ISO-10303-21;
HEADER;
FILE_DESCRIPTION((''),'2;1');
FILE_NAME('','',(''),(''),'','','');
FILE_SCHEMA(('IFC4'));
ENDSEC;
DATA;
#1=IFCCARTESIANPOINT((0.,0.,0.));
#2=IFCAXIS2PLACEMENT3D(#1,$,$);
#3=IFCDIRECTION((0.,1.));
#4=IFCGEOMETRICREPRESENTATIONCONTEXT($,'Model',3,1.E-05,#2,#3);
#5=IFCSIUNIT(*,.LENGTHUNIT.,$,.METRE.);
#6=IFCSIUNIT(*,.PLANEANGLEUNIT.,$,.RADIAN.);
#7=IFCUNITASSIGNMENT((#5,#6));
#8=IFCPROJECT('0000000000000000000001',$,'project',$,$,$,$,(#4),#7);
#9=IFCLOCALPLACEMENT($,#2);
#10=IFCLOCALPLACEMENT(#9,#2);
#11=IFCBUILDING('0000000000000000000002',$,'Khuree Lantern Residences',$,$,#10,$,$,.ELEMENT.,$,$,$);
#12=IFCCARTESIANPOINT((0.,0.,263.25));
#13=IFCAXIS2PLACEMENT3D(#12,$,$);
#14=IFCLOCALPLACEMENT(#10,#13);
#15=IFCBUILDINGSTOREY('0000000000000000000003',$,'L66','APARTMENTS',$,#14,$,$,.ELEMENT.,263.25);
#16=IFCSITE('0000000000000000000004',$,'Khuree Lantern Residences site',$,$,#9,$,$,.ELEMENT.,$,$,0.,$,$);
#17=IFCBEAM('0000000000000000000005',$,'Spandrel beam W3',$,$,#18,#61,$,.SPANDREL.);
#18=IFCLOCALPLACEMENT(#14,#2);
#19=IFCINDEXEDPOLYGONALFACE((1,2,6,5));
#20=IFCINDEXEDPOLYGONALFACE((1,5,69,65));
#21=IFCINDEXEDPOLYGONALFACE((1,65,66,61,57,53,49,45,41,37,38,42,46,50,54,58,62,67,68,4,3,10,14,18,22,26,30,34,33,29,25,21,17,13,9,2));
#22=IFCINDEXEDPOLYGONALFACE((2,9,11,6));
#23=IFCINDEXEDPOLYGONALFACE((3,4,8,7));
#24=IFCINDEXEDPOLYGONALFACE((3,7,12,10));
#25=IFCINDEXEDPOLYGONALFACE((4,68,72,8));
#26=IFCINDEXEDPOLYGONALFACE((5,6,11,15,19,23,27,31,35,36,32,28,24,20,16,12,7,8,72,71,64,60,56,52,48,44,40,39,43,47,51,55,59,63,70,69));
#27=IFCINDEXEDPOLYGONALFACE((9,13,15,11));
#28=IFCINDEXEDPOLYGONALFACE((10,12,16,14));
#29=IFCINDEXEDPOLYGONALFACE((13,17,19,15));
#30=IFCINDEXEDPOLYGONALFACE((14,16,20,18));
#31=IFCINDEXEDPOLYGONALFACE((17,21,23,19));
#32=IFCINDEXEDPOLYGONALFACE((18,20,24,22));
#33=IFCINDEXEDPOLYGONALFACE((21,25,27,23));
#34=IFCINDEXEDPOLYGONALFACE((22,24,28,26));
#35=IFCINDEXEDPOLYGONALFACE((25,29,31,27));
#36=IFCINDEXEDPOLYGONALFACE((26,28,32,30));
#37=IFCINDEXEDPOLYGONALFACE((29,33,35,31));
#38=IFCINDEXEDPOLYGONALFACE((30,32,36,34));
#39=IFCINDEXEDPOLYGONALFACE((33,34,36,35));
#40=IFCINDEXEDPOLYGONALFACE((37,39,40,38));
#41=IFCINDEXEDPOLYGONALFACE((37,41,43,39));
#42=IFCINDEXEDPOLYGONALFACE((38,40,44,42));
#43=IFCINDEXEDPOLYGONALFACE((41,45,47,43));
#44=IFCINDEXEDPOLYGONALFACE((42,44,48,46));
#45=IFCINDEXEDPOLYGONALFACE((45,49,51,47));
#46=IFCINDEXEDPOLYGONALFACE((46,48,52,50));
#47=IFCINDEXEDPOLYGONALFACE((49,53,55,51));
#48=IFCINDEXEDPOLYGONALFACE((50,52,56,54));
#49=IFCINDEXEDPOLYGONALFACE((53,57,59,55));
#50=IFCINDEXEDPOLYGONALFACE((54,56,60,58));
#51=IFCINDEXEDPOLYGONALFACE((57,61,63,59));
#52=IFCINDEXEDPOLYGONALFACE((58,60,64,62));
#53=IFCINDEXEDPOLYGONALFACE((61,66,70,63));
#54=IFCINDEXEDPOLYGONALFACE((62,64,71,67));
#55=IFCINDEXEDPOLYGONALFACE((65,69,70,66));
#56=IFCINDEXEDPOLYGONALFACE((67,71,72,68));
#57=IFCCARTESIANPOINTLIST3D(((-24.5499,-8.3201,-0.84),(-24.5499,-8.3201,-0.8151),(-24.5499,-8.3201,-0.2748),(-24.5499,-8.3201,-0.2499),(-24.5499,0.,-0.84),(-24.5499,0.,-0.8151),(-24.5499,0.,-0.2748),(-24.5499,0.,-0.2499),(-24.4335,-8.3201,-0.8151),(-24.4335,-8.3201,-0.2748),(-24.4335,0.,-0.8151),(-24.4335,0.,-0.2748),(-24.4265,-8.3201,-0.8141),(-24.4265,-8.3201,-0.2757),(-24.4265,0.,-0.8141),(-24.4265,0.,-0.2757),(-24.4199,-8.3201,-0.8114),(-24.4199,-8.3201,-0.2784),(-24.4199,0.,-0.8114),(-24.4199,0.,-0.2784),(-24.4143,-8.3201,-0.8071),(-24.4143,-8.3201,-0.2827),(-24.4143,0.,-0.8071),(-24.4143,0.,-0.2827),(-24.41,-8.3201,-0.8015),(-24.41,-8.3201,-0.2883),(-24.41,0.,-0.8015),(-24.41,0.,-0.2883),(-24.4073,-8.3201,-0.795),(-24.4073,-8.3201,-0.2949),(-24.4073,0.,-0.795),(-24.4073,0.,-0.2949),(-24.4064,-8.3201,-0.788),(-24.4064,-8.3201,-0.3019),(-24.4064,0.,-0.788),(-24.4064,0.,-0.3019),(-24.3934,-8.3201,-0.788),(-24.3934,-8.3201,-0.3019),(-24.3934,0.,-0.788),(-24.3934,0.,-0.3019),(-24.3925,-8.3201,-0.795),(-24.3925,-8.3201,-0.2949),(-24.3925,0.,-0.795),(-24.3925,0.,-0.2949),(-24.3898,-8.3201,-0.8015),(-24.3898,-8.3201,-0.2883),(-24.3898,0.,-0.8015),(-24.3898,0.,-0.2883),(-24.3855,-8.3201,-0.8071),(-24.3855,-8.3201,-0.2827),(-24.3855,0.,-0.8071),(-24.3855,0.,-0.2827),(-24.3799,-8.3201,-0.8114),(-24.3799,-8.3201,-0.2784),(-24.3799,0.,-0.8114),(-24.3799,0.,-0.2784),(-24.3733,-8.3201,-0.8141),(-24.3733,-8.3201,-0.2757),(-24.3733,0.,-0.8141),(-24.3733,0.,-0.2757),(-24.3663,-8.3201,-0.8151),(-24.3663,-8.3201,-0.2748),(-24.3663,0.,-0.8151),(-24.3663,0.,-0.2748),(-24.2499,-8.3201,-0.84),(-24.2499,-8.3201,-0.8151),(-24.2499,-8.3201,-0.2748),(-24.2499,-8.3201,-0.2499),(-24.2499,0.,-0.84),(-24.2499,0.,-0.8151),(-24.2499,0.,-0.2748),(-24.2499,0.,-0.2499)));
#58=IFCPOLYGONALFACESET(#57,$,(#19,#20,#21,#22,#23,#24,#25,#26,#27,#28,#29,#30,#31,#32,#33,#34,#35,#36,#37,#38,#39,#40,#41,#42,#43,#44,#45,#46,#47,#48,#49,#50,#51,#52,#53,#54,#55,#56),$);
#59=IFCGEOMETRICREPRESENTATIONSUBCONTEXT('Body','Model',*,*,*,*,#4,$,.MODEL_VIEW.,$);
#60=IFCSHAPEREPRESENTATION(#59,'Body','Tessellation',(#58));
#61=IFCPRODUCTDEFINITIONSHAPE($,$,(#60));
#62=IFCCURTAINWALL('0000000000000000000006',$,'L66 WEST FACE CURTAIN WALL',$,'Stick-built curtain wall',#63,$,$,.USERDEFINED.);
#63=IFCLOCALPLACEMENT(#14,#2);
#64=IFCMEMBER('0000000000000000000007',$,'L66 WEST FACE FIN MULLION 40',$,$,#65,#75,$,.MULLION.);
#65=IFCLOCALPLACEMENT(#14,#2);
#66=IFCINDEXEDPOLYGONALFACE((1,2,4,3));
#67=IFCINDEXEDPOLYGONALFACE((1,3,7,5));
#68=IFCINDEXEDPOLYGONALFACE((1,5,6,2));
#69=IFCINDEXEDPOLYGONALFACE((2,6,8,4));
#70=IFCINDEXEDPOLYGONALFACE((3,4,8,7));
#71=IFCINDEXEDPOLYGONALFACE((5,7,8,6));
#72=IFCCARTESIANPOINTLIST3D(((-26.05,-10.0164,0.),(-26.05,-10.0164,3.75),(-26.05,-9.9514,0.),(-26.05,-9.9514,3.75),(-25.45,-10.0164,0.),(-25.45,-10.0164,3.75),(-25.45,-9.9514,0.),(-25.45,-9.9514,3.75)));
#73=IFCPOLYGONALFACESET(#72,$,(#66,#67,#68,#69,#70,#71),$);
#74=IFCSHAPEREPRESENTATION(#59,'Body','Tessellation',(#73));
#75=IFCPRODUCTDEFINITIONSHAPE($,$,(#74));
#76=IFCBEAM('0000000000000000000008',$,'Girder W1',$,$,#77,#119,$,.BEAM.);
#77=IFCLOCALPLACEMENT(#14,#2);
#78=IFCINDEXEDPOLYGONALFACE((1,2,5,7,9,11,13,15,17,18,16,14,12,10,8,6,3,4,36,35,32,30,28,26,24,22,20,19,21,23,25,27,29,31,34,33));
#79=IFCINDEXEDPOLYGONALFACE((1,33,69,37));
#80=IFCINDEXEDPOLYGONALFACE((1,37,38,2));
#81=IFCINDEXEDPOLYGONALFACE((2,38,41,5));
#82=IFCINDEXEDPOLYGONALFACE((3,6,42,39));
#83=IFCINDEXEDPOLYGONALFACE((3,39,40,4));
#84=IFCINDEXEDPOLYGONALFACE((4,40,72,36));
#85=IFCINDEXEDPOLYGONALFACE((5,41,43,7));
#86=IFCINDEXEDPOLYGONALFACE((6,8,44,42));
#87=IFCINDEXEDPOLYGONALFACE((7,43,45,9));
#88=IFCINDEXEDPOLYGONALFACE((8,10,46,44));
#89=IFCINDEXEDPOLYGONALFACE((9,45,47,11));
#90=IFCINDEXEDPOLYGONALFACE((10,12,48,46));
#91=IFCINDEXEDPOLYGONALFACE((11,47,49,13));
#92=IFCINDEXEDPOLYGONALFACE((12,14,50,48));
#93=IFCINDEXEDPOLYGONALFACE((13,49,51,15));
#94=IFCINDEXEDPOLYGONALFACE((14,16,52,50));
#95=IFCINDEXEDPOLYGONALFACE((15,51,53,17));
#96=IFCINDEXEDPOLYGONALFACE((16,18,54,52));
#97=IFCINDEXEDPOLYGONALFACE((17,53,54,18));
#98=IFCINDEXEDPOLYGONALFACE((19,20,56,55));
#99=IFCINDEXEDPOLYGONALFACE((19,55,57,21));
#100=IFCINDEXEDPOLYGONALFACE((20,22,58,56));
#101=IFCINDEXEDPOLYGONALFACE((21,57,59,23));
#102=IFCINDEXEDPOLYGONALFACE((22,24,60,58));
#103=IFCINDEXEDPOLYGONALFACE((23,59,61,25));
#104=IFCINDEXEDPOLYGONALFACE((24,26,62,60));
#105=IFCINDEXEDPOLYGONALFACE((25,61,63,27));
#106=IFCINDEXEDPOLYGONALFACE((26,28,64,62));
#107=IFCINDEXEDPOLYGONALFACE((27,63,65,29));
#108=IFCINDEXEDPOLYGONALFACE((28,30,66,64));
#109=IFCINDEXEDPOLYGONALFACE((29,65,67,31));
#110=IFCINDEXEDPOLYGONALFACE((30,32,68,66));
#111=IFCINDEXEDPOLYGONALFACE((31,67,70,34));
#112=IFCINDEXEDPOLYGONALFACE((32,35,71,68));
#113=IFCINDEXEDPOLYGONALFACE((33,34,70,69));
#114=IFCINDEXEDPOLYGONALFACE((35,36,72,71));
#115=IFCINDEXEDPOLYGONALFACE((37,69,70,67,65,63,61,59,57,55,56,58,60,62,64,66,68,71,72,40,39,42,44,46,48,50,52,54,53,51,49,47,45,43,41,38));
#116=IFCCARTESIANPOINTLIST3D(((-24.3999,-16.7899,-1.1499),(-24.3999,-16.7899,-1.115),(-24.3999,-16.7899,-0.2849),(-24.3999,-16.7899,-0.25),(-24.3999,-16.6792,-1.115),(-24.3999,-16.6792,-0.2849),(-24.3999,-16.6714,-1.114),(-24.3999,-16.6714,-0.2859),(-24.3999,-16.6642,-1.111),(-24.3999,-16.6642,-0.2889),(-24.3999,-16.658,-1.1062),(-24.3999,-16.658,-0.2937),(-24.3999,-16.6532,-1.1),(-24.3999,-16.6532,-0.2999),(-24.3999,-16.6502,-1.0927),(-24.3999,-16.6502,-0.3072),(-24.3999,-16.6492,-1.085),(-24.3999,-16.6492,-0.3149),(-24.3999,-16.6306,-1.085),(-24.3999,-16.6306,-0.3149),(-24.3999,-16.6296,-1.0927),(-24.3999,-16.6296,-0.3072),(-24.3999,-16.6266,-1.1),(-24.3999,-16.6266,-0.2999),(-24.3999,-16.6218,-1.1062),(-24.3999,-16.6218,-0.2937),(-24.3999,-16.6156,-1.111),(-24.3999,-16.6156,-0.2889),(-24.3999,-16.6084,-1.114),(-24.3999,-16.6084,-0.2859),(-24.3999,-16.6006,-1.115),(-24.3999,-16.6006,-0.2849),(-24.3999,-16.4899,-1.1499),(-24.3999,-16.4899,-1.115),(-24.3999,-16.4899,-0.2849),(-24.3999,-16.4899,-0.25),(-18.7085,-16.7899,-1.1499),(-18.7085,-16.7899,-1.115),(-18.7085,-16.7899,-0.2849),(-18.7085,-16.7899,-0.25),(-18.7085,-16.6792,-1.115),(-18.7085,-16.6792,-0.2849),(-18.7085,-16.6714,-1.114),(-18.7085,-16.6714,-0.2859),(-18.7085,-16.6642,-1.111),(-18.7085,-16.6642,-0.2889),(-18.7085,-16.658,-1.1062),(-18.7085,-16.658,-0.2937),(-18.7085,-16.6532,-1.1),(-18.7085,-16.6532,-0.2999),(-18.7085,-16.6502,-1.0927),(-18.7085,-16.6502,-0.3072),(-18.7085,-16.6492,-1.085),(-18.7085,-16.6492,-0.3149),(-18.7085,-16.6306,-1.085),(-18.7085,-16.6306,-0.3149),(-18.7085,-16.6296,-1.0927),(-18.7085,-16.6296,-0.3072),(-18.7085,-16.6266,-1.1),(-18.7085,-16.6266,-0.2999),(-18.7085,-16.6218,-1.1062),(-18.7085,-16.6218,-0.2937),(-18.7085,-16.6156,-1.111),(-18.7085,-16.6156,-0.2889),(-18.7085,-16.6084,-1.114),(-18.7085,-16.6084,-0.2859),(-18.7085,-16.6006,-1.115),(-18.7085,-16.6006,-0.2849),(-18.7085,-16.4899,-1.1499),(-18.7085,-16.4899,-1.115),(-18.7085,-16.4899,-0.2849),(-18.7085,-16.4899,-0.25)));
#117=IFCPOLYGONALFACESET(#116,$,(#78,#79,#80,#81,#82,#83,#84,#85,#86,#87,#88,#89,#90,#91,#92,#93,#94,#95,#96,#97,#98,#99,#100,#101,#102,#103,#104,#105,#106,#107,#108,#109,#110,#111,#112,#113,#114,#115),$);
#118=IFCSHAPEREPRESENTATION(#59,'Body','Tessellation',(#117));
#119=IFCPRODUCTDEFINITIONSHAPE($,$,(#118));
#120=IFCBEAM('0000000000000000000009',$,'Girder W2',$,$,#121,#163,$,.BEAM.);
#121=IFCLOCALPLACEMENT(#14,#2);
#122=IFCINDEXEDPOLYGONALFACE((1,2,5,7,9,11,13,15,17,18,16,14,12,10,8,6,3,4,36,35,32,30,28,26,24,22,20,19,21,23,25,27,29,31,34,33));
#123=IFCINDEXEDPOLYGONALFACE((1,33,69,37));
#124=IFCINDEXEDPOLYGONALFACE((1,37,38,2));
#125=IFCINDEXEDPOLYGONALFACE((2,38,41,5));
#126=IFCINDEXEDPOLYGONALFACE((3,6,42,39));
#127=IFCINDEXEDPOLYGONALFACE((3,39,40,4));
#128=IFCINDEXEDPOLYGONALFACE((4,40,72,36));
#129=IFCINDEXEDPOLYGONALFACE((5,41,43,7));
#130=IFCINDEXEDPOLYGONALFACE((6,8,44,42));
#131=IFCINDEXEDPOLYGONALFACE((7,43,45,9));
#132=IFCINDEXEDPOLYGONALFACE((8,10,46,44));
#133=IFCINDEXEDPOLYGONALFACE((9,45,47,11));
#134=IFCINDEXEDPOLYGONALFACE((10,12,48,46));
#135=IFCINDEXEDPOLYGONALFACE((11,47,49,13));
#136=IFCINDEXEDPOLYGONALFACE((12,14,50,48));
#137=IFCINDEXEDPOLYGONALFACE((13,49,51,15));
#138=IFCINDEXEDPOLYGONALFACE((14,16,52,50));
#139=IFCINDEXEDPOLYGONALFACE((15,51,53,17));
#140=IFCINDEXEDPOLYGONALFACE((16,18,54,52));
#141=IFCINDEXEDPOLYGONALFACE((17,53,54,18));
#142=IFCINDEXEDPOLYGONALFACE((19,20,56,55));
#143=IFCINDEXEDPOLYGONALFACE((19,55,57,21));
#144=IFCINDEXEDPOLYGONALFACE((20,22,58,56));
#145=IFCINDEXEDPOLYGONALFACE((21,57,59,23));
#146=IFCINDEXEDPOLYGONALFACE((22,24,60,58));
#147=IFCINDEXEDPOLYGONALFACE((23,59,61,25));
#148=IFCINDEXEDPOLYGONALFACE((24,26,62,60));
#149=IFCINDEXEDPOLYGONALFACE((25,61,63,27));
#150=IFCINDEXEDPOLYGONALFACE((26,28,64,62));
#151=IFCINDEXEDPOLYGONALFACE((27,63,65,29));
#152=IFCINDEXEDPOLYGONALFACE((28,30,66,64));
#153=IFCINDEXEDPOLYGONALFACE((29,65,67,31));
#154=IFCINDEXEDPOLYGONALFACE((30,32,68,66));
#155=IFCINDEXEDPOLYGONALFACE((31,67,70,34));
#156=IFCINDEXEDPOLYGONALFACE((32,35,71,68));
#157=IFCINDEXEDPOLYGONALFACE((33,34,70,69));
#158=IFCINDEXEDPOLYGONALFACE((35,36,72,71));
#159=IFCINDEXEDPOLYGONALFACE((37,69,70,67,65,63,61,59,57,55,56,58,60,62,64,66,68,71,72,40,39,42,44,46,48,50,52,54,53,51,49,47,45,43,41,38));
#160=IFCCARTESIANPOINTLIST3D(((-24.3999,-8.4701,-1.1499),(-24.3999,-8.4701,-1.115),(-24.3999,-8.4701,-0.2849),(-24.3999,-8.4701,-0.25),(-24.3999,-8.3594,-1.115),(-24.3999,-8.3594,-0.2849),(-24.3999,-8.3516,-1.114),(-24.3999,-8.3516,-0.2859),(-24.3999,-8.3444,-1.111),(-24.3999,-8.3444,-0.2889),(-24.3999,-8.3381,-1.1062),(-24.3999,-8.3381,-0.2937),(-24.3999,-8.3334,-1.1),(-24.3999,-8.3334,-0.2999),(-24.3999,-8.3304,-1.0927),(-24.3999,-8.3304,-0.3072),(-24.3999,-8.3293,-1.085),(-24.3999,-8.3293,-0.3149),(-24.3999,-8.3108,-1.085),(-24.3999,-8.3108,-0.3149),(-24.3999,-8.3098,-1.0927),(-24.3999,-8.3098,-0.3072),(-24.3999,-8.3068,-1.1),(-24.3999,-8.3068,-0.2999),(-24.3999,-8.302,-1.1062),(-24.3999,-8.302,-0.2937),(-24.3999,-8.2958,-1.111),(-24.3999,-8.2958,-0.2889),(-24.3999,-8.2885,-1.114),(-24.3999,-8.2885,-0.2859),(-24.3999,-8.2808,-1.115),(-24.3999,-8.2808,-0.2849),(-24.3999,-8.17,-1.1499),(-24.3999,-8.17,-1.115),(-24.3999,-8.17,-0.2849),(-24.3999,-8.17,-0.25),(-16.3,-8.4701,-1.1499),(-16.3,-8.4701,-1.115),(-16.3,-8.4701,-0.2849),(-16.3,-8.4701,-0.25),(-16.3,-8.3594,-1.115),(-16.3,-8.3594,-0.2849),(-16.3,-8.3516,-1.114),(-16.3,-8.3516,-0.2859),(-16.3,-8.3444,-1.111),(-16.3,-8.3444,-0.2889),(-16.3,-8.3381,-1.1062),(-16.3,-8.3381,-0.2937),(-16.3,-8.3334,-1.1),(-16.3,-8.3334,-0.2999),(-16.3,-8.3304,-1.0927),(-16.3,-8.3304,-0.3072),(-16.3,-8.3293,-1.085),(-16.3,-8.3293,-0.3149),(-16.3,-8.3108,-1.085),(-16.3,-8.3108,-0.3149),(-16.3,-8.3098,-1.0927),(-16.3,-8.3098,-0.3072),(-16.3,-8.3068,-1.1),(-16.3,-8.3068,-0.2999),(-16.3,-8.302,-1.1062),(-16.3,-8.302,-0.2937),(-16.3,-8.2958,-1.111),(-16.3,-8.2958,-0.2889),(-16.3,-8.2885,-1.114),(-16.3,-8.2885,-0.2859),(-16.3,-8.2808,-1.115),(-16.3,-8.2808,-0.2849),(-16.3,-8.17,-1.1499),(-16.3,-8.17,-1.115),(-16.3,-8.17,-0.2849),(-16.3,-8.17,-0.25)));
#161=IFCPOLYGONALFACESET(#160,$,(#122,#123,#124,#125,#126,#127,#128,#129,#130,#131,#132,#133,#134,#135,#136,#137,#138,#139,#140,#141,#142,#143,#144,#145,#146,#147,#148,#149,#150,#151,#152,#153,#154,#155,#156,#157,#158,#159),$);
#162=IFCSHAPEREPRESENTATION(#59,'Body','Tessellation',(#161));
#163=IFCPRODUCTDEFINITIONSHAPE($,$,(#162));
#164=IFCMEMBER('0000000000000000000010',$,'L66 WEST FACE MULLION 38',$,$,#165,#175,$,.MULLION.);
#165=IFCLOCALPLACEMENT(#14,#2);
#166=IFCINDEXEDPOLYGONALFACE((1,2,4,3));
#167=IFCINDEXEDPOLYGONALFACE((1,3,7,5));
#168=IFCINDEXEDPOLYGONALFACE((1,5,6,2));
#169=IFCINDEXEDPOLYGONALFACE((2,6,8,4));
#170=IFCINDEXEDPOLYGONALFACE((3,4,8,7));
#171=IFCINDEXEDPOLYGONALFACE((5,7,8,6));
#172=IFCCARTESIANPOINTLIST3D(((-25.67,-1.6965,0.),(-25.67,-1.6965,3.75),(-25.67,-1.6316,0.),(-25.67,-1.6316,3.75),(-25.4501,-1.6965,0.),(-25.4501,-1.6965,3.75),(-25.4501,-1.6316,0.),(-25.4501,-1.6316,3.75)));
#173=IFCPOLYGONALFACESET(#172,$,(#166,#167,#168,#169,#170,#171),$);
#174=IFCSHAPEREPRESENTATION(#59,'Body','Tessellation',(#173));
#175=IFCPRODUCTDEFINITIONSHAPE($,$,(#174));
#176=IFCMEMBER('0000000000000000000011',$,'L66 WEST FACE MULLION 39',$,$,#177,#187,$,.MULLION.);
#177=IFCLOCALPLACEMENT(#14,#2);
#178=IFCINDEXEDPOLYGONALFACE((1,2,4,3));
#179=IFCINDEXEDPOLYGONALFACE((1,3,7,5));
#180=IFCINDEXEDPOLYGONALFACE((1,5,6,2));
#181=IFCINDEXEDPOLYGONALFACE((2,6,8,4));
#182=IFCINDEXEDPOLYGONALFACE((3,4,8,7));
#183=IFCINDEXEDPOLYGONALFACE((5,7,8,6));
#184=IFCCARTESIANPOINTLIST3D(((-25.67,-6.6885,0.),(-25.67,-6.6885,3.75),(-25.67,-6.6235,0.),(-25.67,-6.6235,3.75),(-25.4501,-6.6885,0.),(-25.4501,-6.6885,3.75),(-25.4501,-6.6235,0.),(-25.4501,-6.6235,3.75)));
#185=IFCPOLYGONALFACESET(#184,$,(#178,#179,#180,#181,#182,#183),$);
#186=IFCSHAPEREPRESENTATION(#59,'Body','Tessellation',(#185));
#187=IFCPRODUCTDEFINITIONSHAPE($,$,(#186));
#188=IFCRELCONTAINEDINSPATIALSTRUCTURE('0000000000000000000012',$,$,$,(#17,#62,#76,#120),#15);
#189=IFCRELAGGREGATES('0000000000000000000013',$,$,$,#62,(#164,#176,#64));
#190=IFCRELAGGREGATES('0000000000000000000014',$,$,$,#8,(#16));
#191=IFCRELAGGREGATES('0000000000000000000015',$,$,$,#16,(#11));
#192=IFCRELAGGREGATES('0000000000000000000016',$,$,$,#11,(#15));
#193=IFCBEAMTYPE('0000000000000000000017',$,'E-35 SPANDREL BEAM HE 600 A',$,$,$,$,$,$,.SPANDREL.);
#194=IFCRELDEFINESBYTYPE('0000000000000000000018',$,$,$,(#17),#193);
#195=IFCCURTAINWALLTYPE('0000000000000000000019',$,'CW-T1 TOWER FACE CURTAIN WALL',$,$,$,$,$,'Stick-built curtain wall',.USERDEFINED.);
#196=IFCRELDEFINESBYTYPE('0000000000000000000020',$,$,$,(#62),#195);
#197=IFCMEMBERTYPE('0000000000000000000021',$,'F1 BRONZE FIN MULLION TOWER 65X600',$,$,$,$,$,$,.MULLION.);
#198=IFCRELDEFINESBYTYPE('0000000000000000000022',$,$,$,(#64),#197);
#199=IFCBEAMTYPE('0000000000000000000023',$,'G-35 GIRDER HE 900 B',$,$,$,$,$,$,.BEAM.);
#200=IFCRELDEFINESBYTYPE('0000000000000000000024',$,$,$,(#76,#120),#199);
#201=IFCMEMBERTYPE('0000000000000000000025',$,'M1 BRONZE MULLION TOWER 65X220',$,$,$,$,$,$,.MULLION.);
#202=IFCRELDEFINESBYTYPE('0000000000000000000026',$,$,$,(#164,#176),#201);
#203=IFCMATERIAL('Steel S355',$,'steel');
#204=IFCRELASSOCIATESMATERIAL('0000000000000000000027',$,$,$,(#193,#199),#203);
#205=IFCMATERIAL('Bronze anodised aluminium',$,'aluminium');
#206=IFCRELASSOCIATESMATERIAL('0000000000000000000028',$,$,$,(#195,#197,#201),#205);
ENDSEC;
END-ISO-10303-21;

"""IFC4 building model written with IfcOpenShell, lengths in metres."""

from ifc_helpers import new_model, si_unit, direction, frame, origin, origin_2d, place, context, subcontext, project, spatial, rectangle, i_section, extrude, material, material_profile, profile_set, type_object, element, aggregate, save


model = new_model("IFC4")

# Units and contexts
model_context = context("Model", 3, precision=1e-05, world=origin(), true_north=direction((0.0, 1.0)))
body_context = subcontext(model_context, "Body", "Model", "MODEL_VIEW")
ifc_project = project(units=[si_unit("LENGTHUNIT", "METRE"), si_unit("PLANEANGLEUNIT", "RADIAN")], contexts=[model_context])

# Site, building, storey
site_placement = place(None, origin())
site = spatial("IfcSite", under=ifc_project, at=site_placement, Name="Khuree Lantern Residences site", CompositionType="ELEMENT", RefElevation=0.0)
building_placement = place(site_placement, origin())
building = spatial("IfcBuilding", under=site, at=building_placement, Name="Khuree Lantern Residences", CompositionType="ELEMENT")
storey_placement = place(building_placement, frame((0.0, 0.0, 263.25)))
storey = spatial("IfcBuildingStorey", under=building, at=storey_placement, Name="L66", Description="APARTMENTS", CompositionType="ELEMENT", Elevation=263.25)

# Beam
ifc_material_1 = material(Name="Steel S355", Category="steel")
ifc_material_profile_1 = material_profile(ifc_material_1, i_section(OverallWidth=0.3, OverallDepth=0.5901, WebThickness=0.0129, FlangeThickness=0.0249, FilletRadius=0.0271, at=origin_2d()), Name="HE 600 A")
ifc_profile_set_1 = profile_set([ifc_material_profile_1], Name="Steel S355")
beam_type_1 = type_object("IfcBeamType", Name="E-35 SPANDREL BEAM HE 600 A", PredefinedType="SPANDREL", material=ifc_profile_set_1)
beam_1_placement = place(storey_placement, frame((-24.3999, -8.3201, -0.5449), z_axis=(0.0, 1.0, 0.0), x_axis=(-1.0, 0.0, 0.0)))
element("IfcBeam", 1, at=beam_1_placement, inside=storey, type_object=beam_type_1, Name="Spandrel beam W3", PredefinedType="SPANDREL", context=body_context, shape_type="SweptSolid", body=[
    extrude(i_section(OverallWidth=0.3, OverallDepth=0.5901, WebThickness=0.0129, FlangeThickness=0.0249, FilletRadius=0.0271, at=origin_2d()), origin(), (0.0, 0.0, 1.0), 8.3201),
])

# Curtain wall, member
ifc_material_2 = material(Name="Bronze anodised aluminium", Category="aluminium")
curtain_wall_type = type_object("IfcCurtainWallType", Name="CW-T1 TOWER FACE CURTAIN WALL", ElementType="Stick-built curtain wall", PredefinedType="USERDEFINED", material=ifc_material_2)
curtain_wall_placement = place(storey_placement, origin())
curtain_wall = element("IfcCurtainWall", 2, at=curtain_wall_placement, inside=storey, type_object=curtain_wall_type, Name="L66 WEST FACE CURTAIN WALL", ObjectType="Stick-built curtain wall", PredefinedType="USERDEFINED")
ifc_material_profile_2 = material_profile(ifc_material_2, rectangle(XDim=0.0649, YDim=0.6001, at=origin_2d()), Name="F1 65X600")
ifc_profile_set_2 = profile_set([ifc_material_profile_2], Name="Bronze anodised aluminium")
member_type_1 = type_object("IfcMemberType", Name="F1 BRONZE FIN MULLION TOWER 65X600", PredefinedType="MULLION", material=ifc_profile_set_2)
member_1_placement = place(storey_placement, frame((-25.75, -9.9839, 0.0), z_axis=(0.0, 0.0, 1.0), x_axis=(0.0, -1.0, 0.0)))
member_1 = element("IfcMember", 3, at=member_1_placement, type_object=member_type_1, Name="L66 WEST FACE FIN MULLION 40", PredefinedType="MULLION", context=body_context, shape_type="SweptSolid", body=[
    extrude(rectangle(XDim=0.0649, YDim=0.6001, at=origin_2d()), origin(), (0.0, 0.0, 1.0), 3.75),
])

# Beams
ifc_material_profile_3 = material_profile(ifc_material_1, i_section(OverallWidth=0.3, OverallDepth=0.8999, WebThickness=0.0186, FlangeThickness=0.0349, FilletRadius=0.03, at=origin_2d()), Name="HE 900 B")
ifc_profile_set_3 = profile_set([ifc_material_profile_3], Name="Steel S355")
beam_type_2 = type_object("IfcBeamType", Name="G-35 GIRDER HE 900 B", PredefinedType="BEAM", material=ifc_profile_set_3)
beam_2_placement = place(storey_placement, frame((-24.3999, -16.6399, -0.7), z_axis=(1.0, 0.0, 0.0), x_axis=(0.0, 1.0, 0.0)))
element("IfcBeam", 4, at=beam_2_placement, inside=storey, type_object=beam_type_2, Name="Girder W1", PredefinedType="BEAM", context=body_context, shape_type="SweptSolid", body=[
    extrude(i_section(OverallWidth=0.3, OverallDepth=0.8999, WebThickness=0.0186, FlangeThickness=0.0349, FilletRadius=0.03, at=origin_2d()), origin(), (0.0, 0.0, 1.0), 5.6914),
])
beam_3_placement = place(storey_placement, frame((-24.3999, -8.3201, -0.7), z_axis=(1.0, 0.0, 0.0), x_axis=(0.0, 1.0, 0.0)))
element("IfcBeam", 5, at=beam_3_placement, inside=storey, type_object=beam_type_2, Name="Girder W2", PredefinedType="BEAM", context=body_context, shape_type="SweptSolid", body=[
    extrude(i_section(OverallWidth=0.3, OverallDepth=0.8999, WebThickness=0.0186, FlangeThickness=0.0349, FilletRadius=0.03, at=origin_2d()), origin(), (0.0, 0.0, 1.0), 8.0999),
])

# Members
ifc_material_profile_4 = material_profile(ifc_material_2, rectangle(XDim=0.0649, YDim=0.22, at=origin_2d()), Name="M1 65X220")
ifc_profile_set_4 = profile_set([ifc_material_profile_4], Name="Bronze anodised aluminium")
member_type_2 = type_object("IfcMemberType", Name="M1 BRONZE MULLION TOWER 65X220", PredefinedType="MULLION", material=ifc_profile_set_4)
member_2_placement = place(storey_placement, frame((-25.5601, -1.6641, 0.0), z_axis=(0.0, 0.0, 1.0), x_axis=(0.0, -1.0, 0.0)))
member_2 = element("IfcMember", 6, at=member_2_placement, type_object=member_type_2, Name="L66 WEST FACE MULLION 38", PredefinedType="MULLION", context=body_context, shape_type="SweptSolid", body=[
    extrude(rectangle(XDim=0.0649, YDim=0.22, at=origin_2d()), origin(), (0.0, 0.0, 1.0), 3.75),
])
member_3_placement = place(storey_placement, frame((-25.5601, -6.656, 0.0), z_axis=(0.0, 0.0, 1.0), x_axis=(0.0, -1.0, 0.0)))
member_3 = element("IfcMember", 7, at=member_3_placement, type_object=member_type_2, Name="L66 WEST FACE MULLION 39", PredefinedType="MULLION", context=body_context, shape_type="SweptSolid", body=[
    extrude(rectangle(XDim=0.0649, YDim=0.22, at=origin_2d()), origin(), (0.0, 0.0, 1.0), 3.75),
])

aggregate(curtain_wall, [member_2, member_3, member_1])

save(model, "model.ifc")
